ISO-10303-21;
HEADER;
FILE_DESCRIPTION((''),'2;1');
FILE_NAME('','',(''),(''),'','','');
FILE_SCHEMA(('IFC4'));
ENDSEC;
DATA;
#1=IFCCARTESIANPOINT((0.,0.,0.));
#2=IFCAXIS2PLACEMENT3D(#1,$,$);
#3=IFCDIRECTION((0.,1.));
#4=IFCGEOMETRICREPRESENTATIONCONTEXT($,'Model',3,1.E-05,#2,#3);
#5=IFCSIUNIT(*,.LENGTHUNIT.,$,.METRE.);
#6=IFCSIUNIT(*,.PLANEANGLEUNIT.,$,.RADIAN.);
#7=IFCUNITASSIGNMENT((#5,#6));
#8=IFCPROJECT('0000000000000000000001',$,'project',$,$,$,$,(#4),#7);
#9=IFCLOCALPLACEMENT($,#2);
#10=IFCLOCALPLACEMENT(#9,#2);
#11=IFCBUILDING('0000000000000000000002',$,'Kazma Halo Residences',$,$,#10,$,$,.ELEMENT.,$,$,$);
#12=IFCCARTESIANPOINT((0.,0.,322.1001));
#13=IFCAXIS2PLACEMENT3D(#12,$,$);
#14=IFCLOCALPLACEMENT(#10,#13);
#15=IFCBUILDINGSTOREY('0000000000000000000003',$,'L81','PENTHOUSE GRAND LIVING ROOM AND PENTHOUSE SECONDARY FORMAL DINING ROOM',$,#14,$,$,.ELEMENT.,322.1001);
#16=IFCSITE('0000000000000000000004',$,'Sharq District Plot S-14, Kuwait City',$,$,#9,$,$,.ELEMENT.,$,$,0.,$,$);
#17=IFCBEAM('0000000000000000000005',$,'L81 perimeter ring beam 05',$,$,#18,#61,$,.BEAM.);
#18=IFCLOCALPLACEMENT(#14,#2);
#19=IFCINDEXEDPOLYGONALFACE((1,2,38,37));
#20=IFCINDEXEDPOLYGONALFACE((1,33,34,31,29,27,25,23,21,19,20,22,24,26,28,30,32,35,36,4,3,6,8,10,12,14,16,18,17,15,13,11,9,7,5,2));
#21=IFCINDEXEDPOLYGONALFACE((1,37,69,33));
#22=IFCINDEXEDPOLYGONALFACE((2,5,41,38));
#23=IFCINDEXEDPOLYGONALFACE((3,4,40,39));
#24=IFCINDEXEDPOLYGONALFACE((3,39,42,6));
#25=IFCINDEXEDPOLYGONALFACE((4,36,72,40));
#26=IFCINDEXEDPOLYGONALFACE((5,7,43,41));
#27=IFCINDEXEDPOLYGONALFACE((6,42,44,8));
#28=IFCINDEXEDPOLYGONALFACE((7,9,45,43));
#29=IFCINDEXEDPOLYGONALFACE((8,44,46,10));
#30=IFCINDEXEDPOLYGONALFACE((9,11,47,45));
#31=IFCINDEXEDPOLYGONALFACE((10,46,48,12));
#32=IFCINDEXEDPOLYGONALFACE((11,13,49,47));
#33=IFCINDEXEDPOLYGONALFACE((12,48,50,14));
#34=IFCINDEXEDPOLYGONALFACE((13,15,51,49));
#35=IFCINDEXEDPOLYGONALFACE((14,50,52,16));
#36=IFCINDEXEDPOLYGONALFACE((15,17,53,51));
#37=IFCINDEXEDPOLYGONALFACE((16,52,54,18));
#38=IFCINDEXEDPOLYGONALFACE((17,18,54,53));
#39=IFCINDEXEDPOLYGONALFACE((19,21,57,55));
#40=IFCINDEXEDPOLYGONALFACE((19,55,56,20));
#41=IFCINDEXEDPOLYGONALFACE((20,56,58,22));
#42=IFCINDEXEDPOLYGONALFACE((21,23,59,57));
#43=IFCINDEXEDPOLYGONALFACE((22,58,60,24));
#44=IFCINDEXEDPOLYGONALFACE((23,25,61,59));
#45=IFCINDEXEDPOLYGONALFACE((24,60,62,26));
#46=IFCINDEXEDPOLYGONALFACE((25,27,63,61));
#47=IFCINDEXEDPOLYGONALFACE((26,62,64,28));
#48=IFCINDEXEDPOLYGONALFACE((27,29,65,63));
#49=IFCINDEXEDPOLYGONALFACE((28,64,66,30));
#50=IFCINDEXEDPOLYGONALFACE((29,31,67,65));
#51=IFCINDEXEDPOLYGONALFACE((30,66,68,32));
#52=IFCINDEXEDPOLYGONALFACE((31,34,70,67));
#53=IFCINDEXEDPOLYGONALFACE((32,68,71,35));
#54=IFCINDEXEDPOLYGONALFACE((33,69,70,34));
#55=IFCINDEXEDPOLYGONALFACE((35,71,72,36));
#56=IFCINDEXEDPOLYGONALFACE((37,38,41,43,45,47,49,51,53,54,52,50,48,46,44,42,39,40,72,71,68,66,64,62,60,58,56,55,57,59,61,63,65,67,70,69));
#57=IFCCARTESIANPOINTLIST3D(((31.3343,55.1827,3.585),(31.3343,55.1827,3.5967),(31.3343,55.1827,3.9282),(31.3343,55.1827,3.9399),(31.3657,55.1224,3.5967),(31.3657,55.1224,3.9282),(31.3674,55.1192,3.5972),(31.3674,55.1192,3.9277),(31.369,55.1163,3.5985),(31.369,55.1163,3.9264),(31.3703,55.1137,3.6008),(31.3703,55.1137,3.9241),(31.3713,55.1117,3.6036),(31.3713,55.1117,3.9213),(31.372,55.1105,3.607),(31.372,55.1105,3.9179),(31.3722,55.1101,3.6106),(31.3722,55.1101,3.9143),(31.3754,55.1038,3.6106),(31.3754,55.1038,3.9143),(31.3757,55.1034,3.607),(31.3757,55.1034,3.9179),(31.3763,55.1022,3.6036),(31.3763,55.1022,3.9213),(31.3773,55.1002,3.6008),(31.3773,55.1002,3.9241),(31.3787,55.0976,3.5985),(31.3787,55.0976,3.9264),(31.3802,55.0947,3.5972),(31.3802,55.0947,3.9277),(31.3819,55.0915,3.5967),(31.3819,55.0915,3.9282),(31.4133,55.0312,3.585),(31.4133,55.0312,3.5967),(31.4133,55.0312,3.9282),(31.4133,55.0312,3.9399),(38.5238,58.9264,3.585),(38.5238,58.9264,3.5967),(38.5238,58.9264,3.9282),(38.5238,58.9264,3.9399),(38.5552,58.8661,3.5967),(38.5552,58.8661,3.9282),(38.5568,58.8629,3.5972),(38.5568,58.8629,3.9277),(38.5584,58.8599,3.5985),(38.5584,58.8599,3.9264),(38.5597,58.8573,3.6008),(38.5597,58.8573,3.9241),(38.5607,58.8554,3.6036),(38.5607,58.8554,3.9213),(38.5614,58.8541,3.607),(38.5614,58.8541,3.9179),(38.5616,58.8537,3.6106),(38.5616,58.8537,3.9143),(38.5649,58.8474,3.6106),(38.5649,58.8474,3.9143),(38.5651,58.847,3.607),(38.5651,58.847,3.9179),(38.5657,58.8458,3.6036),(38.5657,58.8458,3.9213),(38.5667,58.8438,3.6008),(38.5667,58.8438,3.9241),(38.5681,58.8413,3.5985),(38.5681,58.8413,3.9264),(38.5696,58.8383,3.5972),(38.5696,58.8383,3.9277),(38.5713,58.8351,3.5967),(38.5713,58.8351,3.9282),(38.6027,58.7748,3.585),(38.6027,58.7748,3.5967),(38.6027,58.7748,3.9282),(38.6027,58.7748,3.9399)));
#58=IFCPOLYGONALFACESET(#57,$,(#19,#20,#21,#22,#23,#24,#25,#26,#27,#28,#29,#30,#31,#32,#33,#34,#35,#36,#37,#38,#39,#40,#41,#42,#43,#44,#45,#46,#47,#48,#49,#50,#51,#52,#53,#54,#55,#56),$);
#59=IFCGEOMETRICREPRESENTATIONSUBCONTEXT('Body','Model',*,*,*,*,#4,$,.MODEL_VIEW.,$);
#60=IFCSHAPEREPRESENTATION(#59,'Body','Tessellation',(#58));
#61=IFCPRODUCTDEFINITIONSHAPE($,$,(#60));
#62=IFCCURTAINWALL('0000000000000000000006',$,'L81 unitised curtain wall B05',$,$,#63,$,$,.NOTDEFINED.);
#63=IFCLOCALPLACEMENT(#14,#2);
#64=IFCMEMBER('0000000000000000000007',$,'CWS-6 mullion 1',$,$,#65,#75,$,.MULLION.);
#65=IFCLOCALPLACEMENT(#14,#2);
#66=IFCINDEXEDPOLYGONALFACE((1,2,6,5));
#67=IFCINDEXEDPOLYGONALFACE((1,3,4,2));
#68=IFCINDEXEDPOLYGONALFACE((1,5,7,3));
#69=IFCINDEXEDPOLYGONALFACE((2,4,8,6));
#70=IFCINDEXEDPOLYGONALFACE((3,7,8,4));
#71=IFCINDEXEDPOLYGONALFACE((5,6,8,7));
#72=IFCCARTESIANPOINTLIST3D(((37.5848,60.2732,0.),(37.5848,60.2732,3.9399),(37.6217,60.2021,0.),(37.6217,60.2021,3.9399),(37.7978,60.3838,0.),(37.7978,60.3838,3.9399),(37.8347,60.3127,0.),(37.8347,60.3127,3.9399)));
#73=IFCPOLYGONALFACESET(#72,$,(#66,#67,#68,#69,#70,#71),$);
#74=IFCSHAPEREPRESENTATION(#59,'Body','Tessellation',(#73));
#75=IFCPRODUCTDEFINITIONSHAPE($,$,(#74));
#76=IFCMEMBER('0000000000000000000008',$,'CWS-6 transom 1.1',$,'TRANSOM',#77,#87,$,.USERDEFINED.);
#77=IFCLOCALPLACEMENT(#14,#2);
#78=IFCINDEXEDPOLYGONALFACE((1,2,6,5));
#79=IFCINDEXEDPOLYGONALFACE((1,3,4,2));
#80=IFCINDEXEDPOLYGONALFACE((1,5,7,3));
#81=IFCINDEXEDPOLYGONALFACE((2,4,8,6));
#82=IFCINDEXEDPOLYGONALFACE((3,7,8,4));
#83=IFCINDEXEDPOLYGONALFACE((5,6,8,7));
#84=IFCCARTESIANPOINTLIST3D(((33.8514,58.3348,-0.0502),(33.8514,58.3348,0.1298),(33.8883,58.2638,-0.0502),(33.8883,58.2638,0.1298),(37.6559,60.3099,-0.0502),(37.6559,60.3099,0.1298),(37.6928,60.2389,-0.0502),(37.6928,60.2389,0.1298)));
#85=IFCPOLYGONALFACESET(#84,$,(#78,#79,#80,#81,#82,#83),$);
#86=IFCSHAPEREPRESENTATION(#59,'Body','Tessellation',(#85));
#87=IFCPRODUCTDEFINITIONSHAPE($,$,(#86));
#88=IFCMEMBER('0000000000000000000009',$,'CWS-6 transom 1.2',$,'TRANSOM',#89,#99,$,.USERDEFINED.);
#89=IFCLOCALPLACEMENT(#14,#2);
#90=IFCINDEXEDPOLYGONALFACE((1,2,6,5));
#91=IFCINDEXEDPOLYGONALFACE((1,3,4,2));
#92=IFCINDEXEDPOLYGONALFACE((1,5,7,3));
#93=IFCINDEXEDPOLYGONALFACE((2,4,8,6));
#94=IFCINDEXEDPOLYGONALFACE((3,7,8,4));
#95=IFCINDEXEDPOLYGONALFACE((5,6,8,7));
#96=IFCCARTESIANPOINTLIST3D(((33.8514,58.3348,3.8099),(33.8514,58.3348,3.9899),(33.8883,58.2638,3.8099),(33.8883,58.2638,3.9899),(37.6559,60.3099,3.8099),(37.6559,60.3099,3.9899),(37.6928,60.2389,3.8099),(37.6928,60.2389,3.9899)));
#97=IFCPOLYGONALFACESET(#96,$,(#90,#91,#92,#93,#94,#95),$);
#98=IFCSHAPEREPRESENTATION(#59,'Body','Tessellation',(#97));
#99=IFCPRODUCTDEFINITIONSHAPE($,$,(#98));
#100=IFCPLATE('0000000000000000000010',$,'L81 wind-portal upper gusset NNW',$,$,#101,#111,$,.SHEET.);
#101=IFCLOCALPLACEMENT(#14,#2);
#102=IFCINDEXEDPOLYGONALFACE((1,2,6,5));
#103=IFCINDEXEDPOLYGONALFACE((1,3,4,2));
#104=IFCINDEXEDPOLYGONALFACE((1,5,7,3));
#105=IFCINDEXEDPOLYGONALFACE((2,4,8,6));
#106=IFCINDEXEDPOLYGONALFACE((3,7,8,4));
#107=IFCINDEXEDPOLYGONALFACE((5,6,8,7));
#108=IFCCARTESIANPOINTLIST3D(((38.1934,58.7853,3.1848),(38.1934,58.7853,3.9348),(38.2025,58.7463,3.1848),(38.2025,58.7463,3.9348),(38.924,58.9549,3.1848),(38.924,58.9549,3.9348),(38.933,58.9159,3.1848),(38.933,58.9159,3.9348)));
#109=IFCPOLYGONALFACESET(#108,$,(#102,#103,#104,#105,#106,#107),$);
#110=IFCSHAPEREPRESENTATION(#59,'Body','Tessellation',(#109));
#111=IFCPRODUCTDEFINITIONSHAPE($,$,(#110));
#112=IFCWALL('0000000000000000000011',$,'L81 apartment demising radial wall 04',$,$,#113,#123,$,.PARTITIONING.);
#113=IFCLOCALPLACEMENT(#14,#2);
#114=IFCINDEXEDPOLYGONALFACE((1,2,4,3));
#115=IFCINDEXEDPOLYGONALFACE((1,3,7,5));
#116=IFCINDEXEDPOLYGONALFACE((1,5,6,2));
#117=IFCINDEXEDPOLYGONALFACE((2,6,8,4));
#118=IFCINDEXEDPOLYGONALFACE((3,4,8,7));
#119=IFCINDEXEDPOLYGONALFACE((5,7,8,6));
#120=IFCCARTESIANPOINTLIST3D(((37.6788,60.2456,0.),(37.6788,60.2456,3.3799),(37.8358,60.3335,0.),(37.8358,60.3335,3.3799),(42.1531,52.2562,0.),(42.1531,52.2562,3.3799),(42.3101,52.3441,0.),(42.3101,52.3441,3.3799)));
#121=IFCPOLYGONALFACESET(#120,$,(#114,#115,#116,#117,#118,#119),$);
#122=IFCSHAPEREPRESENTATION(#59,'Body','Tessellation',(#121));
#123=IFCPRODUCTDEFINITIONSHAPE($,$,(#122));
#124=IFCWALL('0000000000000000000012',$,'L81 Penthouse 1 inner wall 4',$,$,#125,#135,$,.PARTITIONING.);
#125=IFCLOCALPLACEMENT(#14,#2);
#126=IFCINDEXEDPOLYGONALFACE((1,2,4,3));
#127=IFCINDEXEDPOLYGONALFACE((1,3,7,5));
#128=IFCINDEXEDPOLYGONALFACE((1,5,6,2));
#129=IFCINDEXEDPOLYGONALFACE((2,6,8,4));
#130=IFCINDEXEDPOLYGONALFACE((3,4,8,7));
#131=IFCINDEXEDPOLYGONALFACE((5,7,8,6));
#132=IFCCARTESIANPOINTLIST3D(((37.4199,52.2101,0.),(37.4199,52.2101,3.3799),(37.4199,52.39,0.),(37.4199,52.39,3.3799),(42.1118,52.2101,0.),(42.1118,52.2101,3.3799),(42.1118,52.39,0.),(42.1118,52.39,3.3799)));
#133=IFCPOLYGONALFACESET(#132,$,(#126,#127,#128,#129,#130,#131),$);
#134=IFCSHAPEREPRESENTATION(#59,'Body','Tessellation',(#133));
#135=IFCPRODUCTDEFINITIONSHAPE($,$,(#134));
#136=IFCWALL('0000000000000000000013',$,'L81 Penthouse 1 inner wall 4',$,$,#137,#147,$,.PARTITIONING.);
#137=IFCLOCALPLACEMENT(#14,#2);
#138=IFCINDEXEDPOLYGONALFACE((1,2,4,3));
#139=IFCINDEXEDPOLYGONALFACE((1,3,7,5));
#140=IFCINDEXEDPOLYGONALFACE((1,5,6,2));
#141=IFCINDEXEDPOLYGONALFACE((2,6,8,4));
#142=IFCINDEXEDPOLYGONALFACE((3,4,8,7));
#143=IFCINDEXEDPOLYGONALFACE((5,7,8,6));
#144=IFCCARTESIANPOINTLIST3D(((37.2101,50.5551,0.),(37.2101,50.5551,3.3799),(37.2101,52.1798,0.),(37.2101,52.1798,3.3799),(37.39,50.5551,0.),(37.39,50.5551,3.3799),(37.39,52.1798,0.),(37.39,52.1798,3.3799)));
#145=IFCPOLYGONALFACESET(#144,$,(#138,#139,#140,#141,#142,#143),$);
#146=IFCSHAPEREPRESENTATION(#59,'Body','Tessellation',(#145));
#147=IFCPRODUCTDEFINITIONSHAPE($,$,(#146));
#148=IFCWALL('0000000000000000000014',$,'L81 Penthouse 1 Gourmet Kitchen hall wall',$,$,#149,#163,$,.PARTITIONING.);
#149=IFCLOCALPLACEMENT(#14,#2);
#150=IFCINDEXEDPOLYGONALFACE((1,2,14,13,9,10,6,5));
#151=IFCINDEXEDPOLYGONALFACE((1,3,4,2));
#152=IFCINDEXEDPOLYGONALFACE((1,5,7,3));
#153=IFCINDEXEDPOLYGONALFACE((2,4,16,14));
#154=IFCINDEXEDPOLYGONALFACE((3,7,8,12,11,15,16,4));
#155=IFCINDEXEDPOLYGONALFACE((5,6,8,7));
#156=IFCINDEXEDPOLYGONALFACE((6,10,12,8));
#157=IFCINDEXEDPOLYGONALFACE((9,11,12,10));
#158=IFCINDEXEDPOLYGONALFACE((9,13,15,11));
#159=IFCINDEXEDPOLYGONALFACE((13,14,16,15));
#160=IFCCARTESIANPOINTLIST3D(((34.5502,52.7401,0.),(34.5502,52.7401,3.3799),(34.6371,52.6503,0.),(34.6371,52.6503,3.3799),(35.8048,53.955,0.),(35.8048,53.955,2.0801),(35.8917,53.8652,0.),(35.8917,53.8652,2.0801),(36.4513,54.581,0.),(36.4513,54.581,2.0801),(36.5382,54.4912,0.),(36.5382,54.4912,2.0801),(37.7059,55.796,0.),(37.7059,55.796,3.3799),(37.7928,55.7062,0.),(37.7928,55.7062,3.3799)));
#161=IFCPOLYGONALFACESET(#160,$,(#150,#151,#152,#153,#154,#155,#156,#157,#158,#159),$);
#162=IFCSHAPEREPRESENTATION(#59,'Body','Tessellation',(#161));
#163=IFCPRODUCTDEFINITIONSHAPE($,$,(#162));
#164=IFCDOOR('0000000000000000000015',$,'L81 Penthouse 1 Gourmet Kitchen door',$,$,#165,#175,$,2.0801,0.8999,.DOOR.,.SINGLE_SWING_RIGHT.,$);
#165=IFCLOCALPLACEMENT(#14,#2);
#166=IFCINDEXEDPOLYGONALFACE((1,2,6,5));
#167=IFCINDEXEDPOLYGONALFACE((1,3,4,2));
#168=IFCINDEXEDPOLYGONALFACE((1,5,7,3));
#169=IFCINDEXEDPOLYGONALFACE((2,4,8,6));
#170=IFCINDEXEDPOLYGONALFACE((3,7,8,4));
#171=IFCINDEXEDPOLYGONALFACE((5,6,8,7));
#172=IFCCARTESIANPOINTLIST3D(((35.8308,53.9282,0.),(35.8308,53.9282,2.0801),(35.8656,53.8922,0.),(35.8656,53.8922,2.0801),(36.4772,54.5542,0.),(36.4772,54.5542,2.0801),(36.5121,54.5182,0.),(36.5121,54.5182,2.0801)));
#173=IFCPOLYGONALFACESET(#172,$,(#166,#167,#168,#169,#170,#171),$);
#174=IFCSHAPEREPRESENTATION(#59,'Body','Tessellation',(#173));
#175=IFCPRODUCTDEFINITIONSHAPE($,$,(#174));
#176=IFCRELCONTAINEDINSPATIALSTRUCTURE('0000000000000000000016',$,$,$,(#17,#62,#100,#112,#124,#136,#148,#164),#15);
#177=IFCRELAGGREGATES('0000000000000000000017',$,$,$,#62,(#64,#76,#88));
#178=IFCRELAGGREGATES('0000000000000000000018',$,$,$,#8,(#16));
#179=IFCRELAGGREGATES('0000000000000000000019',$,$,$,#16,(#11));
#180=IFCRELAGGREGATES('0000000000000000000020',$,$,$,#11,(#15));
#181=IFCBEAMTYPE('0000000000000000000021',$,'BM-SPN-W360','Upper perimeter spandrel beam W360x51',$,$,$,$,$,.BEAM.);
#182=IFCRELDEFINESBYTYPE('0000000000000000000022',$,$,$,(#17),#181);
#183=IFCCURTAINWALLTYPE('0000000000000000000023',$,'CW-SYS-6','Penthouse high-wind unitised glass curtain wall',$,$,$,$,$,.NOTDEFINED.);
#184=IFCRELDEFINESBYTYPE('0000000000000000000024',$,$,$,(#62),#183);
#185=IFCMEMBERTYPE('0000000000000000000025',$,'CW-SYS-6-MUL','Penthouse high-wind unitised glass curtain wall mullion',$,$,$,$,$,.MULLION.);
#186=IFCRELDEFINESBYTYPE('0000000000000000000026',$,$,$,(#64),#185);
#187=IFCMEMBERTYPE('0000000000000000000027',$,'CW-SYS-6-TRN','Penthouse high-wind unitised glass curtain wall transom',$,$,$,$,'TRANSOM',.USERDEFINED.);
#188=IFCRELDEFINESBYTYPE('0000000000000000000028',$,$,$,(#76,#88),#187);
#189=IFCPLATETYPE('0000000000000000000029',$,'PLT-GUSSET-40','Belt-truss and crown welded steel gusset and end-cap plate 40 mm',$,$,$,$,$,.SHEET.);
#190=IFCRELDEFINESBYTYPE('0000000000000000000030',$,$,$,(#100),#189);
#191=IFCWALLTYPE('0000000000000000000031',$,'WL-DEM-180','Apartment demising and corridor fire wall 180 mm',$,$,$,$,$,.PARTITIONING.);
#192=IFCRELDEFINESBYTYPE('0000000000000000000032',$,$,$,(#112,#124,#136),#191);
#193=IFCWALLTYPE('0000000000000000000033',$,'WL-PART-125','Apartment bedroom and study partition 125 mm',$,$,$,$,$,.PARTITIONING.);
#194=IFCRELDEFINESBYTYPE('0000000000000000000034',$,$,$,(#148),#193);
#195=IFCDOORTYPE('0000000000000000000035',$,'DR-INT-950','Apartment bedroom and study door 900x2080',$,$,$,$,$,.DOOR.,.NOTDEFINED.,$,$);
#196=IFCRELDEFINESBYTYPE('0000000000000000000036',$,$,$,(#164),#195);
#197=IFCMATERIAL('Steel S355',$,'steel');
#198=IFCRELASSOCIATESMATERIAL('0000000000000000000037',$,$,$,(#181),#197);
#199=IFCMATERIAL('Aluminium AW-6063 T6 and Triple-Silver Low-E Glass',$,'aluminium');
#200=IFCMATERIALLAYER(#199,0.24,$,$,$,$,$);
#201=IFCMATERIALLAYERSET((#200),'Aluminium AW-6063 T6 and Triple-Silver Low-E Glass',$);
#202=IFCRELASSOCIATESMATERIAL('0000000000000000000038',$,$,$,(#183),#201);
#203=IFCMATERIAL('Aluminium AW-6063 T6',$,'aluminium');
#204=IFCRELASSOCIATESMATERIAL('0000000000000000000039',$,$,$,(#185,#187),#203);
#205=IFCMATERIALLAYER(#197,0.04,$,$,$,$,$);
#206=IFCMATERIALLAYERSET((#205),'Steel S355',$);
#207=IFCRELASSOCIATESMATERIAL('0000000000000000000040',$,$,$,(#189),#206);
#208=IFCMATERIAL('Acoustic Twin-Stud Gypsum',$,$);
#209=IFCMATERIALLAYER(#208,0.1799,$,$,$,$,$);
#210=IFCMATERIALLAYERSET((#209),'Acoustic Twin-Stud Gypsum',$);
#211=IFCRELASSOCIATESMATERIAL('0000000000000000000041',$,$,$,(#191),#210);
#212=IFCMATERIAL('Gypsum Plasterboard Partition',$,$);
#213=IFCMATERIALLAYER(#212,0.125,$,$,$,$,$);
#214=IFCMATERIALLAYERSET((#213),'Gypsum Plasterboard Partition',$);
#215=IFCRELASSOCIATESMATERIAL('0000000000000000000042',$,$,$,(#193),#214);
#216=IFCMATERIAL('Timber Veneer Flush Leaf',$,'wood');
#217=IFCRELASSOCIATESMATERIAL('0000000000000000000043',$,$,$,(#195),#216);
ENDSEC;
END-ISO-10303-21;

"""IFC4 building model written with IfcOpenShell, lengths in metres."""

from ifc_helpers import new_model, si_unit, direction, frame, frame_2d, origin, origin_2d, place, context, subcontext, project, spatial, rectangle, i_section, extrude, material, layer, layer_set, material_profile, profile_set, type_object, element, fill, aggregate, save


model = new_model("IFC4")

# Units and contexts
model_context = context("Model", 3, precision=1e-05, world=origin(), true_north=direction((0.0, 1.0)))
body_context = subcontext(model_context, "Body", "Model", "MODEL_VIEW")
ifc_project = project(units=[si_unit("LENGTHUNIT", "METRE"), si_unit("PLANEANGLEUNIT", "RADIAN")], contexts=[model_context])

# Site, building, storey
site_placement = place(None, origin())
site = spatial("IfcSite", under=ifc_project, at=site_placement, Name="Sharq District Plot S-14, Kuwait City", CompositionType="ELEMENT", RefElevation=0.0)
building_placement = place(site_placement, origin())
building = spatial("IfcBuilding", under=site, at=building_placement, Name="Kazma Halo Residences", CompositionType="ELEMENT")
storey_placement = place(building_placement, frame((0.0, 0.0, 322.1001)))
storey = spatial("IfcBuildingStorey", under=building, at=storey_placement, Name="L81", Description="PENTHOUSE GRAND LIVING ROOM AND PENTHOUSE SECONDARY FORMAL DINING ROOM", CompositionType="ELEMENT", Elevation=322.1001)

# Beam
ifc_material_1 = material(Name="Steel S355", Category="steel")
ifc_material_profile_1 = material_profile(ifc_material_1, i_section(OverallWidth=0.1709, OverallDepth=0.355, WebThickness=0.0071, FlangeThickness=0.0117, FilletRadius=0.0139, at=origin_2d()), Name="W360x51")
ifc_profile_set_1 = profile_set([ifc_material_profile_1], Name="Steel S355")
beam_type_1 = type_object("IfcBeamType", Name="BM-SPN-W360", Description="Upper perimeter spandrel beam W360x51", PredefinedType="BEAM", material=ifc_profile_set_1)
beam_1_placement = place(storey_placement, frame((38.5632, 58.8506, 3.7625), z_axis=(-0.886957, -0.461851, 0.0), x_axis=(0.461851, -0.886957, 0.0)))
element("IfcBeam", 1, at=beam_1_placement, inside=storey, type_object=beam_type_1, Name="L81 perimeter ring beam 05", PredefinedType="BEAM", context=body_context, shape_type="SweptSolid", body=[
    extrude(i_section(OverallWidth=0.1709, OverallDepth=0.355, WebThickness=0.0071, FlangeThickness=0.0117, FilletRadius=0.0139, at=origin_2d()), origin(), (0.0, 0.0, 1.0), 8.1057),
])

# Curtain wall, members
ifc_material_2 = material(Name="Aluminium AW-6063 T6 and Triple-Silver Low-E Glass", Category="aluminium")
ifc_layer_1 = layer(ifc_material_2, 0.24)
ifc_layer_set_1 = layer_set([ifc_layer_1], Name="Aluminium AW-6063 T6 and Triple-Silver Low-E Glass")
curtain_wall_type = type_object("IfcCurtainWallType", Name="CW-SYS-6", Description="Penthouse high-wind unitised glass curtain wall", PredefinedType="NOTDEFINED", material=ifc_layer_set_1)
curtain_wall_placement = place(storey_placement, origin())
curtain_wall = element("IfcCurtainWall", 2, at=curtain_wall_placement, inside=storey, type_object=curtain_wall_type, Name="L81 unitised curtain wall B05", PredefinedType="NOTDEFINED")
ifc_material_3 = material(Name="Aluminium AW-6063 T6", Category="aluminium")
ifc_material_profile_2 = material_profile(ifc_material_3, rectangle(XDim=0.0801, YDim=0.24, at=origin_2d()), Name="CWM-80x240")
ifc_profile_set_2 = profile_set([ifc_material_profile_2], Name="Aluminium AW-6063 T6")
member_type_1 = type_object("IfcMemberType", Name="CW-SYS-6-MUL", Description="Penthouse high-wind unitised glass curtain wall mullion", PredefinedType="MULLION", material=ifc_profile_set_2)
member_1_placement = place(storey_placement, frame((37.7097, 60.293, 0.0), z_axis=(0.0, 0.0, 1.0), x_axis=(0.460796, -0.887506, 0.0)))
member_1 = element("IfcMember", 3, at=member_1_placement, type_object=member_type_1, Name="CWS-6 mullion 1", PredefinedType="MULLION", context=body_context, shape_type="SweptSolid", body=[
    extrude(rectangle(XDim=0.0801, YDim=0.24, at=origin_2d()), origin(), (0.0, 0.0, 1.0), 3.9399),
])
ifc_material_profile_3 = material_profile(ifc_material_3, rectangle(XDim=0.0801, YDim=0.1799, at=origin_2d()), Name="CWT-80x180")
ifc_profile_set_3 = profile_set([ifc_material_profile_3], Name="Aluminium AW-6063 T6")
member_type_2 = type_object("IfcMemberType", Name="CW-SYS-6-TRN", Description="Penthouse high-wind unitised glass curtain wall transom", ElementType="TRANSOM", PredefinedType="USERDEFINED", material=ifc_profile_set_3)
member_2_placement = place(storey_placement, frame((37.6743, 60.2744, 0.0398), z_axis=(-0.887523, -0.460763, 0.0), x_axis=(0.460763, -0.887523, 0.0)))
member_2 = element("IfcMember", 4, at=member_2_placement, type_object=member_type_2, Name="CWS-6 transom 1.1", ObjectType="TRANSOM", PredefinedType="USERDEFINED", context=body_context, shape_type="SweptSolid", body=[
    extrude(rectangle(XDim=0.0801, YDim=0.1799, at=origin_2d()), origin(), (0.0, 0.0, 1.0), 4.2866),
])
member_3_placement = place(storey_placement, frame((37.6743, 60.2744, 3.8999), z_axis=(-0.887523, -0.460763, 0.0), x_axis=(0.460763, -0.887523, 0.0)))
member_3 = element("IfcMember", 5, at=member_3_placement, type_object=member_type_2, Name="CWS-6 transom 1.2", ObjectType="TRANSOM", PredefinedType="USERDEFINED", context=body_context, shape_type="SweptSolid", body=[
    extrude(rectangle(XDim=0.0801, YDim=0.1799, at=origin_2d()), origin(), (0.0, 0.0, 1.0), 4.2866),
])
aggregate(curtain_wall, [member_1, member_2, member_3])

# Plate
ifc_layer_2 = layer(ifc_material_1, 0.04)
ifc_layer_set_2 = layer_set([ifc_layer_2], Name="Steel S355")
plate_type = type_object("IfcPlateType", Name="PLT-GUSSET-40", Description="Belt-truss and crown welded steel gusset and end-cap plate 40 mm", PredefinedType="SHEET", material=ifc_layer_set_2)
plate_placement = place(storey_placement, frame((38.5632, 58.8506, 3.1848), z_axis=(0.0, 0.0, 1.0), x_axis=(-0.974084, -0.226188, 0.0)))
element("IfcPlate", 6, at=plate_placement, inside=storey, type_object=plate_type, Name="L81 wind-portal upper gusset NNW", PredefinedType="SHEET", context=body_context, shape_type="SweptSolid", body=[
    extrude(rectangle(XDim=0.75, YDim=0.04, at=origin_2d()), origin(), (0.0, 0.0, 1.0), 0.75),
])

# Walls
ifc_material_4 = material(Name="Acoustic Twin-Stud Gypsum")
ifc_layer_3 = layer(ifc_material_4, 0.1799)
ifc_layer_set_3 = layer_set([ifc_layer_3], Name="Acoustic Twin-Stud Gypsum")
wall_type_1 = type_object("IfcWallType", Name="WL-DEM-180", Description="Apartment demising and corridor fire wall 180 mm", PredefinedType="PARTITIONING", material=ifc_layer_set_3)
wall_1_placement = place(storey_placement, frame((42.2317, 52.3, 0.0), z_axis=(0.0, 0.0, 1.0), x_axis=(-0.488624, 0.872495, 0.0)))
element("IfcWall", 7, at=wall_1_placement, inside=storey, type_object=wall_type_1, Name="L81 apartment demising radial wall 04", PredefinedType="PARTITIONING", context=body_context, shape_type="SweptSolid", body=[
    extrude(rectangle(XDim=9.157, YDim=0.1799, at=frame_2d((4.5786, 0.0))), origin(), (0.0, 0.0, 1.0), 3.3799),
])
wall_2_placement = place(storey_placement, frame((42.1118, 52.3, 0.0), z_axis=(0.0, 0.0, 1.0), x_axis=(-1.0, 0.0, 0.0)))
element("IfcWall", 8, at=wall_2_placement, inside=storey, type_object=wall_type_1, Name="L81 Penthouse 1 inner wall 4", PredefinedType="PARTITIONING", context=body_context, shape_type="SweptSolid", body=[
    extrude(rectangle(XDim=4.6919, YDim=0.1799, at=frame_2d((2.3459, 0.0))), origin(), (0.0, 0.0, 1.0), 3.3799),
])
wall_3_placement = place(storey_placement, frame((37.3, 52.1799, 0.0), z_axis=(0.0, 0.0, 1.0), x_axis=(0.0, -1.0, 0.0)))
element("IfcWall", 9, at=wall_3_placement, inside=storey, type_object=wall_type_1, Name="L81 Penthouse 1 inner wall 4", PredefinedType="PARTITIONING", context=body_context, shape_type="SweptSolid", body=[
    extrude(rectangle(XDim=1.6248, YDim=0.1799, at=frame_2d((0.8125, 0.0))), origin(), (0.0, 0.0, 1.0), 3.3799),
])

# Wall, opening, door
ifc_material_5 = material(Name="Gypsum Plasterboard Partition")
ifc_layer_4 = layer(ifc_material_5, 0.125)
ifc_layer_set_4 = layer_set([ifc_layer_4], Name="Gypsum Plasterboard Partition")
wall_type_2 = type_object("IfcWallType", Name="WL-PART-125", Description="Apartment bedroom and study partition 125 mm", PredefinedType="PARTITIONING", material=ifc_layer_set_4)
wall_4_placement = place(storey_placement, frame((37.7493, 55.751, 0.0), z_axis=(0.0, 0.0, 1.0), x_axis=(-0.718381, -0.69565, 0.0)))
wall_4 = element("IfcWall", 10, at=wall_4_placement, inside=storey, type_object=wall_type_2, Name="L81 Penthouse 1 Gourmet Kitchen hall wall", PredefinedType="PARTITIONING", context=body_context, shape_type="SweptSolid", body=[
    extrude(rectangle(XDim=4.3928, YDim=0.125, at=frame_2d((2.1963, 0.0))), origin(), (0.0, 0.0, 1.0), 3.3799),
])
opening_1_placement = place(wall_4_placement, frame((1.7463, 0.0, 0.0)))
opening_1 = element("IfcOpeningElement", 11, at=opening_1_placement, cuts=wall_4, PredefinedType="OPENING", context=body_context, shape_type="SweptSolid", body=[
    extrude(rectangle(XDim=0.8999, YDim=2.0801, at=frame_2d((0.45, 1.04))), frame((0.0, 0.0725, 0.0), z_axis=(0.0, -1.0, 0.0), x_axis=(1.0, 0.0, 0.0)), (0.0, 0.0, 1.0), 0.145),
])
ifc_material_6 = material(Name="Timber Veneer Flush Leaf", Category="wood")
door_type_1 = type_object("IfcDoorType", Name="DR-INT-950", Description="Apartment bedroom and study door 900x2080", OperationType="NOTDEFINED", PredefinedType="DOOR", material=ifc_material_6)
door_1_placement = place(opening_1_placement, origin())
door_1 = element("IfcDoor", 12, at=door_1_placement, inside=storey, type_object=door_type_1, Name="L81 Penthouse 1 Gourmet Kitchen door", OperationType="SINGLE_SWING_RIGHT", OverallHeight=2.0801, OverallWidth=0.8999, PredefinedType="DOOR", context=body_context, shape_type="SweptSolid", body=[
    extrude(rectangle(XDim=0.8999, YDim=2.0801, at=frame_2d((0.45, 1.04))), frame((0.0, 0.0249, 0.0), z_axis=(0.0, -1.0, 0.0), x_axis=(1.0, 0.0, 0.0)), (0.0, 0.0, 1.0), 0.05),
])
fill(opening_1, door_1)

save(model, "model.ifc")
